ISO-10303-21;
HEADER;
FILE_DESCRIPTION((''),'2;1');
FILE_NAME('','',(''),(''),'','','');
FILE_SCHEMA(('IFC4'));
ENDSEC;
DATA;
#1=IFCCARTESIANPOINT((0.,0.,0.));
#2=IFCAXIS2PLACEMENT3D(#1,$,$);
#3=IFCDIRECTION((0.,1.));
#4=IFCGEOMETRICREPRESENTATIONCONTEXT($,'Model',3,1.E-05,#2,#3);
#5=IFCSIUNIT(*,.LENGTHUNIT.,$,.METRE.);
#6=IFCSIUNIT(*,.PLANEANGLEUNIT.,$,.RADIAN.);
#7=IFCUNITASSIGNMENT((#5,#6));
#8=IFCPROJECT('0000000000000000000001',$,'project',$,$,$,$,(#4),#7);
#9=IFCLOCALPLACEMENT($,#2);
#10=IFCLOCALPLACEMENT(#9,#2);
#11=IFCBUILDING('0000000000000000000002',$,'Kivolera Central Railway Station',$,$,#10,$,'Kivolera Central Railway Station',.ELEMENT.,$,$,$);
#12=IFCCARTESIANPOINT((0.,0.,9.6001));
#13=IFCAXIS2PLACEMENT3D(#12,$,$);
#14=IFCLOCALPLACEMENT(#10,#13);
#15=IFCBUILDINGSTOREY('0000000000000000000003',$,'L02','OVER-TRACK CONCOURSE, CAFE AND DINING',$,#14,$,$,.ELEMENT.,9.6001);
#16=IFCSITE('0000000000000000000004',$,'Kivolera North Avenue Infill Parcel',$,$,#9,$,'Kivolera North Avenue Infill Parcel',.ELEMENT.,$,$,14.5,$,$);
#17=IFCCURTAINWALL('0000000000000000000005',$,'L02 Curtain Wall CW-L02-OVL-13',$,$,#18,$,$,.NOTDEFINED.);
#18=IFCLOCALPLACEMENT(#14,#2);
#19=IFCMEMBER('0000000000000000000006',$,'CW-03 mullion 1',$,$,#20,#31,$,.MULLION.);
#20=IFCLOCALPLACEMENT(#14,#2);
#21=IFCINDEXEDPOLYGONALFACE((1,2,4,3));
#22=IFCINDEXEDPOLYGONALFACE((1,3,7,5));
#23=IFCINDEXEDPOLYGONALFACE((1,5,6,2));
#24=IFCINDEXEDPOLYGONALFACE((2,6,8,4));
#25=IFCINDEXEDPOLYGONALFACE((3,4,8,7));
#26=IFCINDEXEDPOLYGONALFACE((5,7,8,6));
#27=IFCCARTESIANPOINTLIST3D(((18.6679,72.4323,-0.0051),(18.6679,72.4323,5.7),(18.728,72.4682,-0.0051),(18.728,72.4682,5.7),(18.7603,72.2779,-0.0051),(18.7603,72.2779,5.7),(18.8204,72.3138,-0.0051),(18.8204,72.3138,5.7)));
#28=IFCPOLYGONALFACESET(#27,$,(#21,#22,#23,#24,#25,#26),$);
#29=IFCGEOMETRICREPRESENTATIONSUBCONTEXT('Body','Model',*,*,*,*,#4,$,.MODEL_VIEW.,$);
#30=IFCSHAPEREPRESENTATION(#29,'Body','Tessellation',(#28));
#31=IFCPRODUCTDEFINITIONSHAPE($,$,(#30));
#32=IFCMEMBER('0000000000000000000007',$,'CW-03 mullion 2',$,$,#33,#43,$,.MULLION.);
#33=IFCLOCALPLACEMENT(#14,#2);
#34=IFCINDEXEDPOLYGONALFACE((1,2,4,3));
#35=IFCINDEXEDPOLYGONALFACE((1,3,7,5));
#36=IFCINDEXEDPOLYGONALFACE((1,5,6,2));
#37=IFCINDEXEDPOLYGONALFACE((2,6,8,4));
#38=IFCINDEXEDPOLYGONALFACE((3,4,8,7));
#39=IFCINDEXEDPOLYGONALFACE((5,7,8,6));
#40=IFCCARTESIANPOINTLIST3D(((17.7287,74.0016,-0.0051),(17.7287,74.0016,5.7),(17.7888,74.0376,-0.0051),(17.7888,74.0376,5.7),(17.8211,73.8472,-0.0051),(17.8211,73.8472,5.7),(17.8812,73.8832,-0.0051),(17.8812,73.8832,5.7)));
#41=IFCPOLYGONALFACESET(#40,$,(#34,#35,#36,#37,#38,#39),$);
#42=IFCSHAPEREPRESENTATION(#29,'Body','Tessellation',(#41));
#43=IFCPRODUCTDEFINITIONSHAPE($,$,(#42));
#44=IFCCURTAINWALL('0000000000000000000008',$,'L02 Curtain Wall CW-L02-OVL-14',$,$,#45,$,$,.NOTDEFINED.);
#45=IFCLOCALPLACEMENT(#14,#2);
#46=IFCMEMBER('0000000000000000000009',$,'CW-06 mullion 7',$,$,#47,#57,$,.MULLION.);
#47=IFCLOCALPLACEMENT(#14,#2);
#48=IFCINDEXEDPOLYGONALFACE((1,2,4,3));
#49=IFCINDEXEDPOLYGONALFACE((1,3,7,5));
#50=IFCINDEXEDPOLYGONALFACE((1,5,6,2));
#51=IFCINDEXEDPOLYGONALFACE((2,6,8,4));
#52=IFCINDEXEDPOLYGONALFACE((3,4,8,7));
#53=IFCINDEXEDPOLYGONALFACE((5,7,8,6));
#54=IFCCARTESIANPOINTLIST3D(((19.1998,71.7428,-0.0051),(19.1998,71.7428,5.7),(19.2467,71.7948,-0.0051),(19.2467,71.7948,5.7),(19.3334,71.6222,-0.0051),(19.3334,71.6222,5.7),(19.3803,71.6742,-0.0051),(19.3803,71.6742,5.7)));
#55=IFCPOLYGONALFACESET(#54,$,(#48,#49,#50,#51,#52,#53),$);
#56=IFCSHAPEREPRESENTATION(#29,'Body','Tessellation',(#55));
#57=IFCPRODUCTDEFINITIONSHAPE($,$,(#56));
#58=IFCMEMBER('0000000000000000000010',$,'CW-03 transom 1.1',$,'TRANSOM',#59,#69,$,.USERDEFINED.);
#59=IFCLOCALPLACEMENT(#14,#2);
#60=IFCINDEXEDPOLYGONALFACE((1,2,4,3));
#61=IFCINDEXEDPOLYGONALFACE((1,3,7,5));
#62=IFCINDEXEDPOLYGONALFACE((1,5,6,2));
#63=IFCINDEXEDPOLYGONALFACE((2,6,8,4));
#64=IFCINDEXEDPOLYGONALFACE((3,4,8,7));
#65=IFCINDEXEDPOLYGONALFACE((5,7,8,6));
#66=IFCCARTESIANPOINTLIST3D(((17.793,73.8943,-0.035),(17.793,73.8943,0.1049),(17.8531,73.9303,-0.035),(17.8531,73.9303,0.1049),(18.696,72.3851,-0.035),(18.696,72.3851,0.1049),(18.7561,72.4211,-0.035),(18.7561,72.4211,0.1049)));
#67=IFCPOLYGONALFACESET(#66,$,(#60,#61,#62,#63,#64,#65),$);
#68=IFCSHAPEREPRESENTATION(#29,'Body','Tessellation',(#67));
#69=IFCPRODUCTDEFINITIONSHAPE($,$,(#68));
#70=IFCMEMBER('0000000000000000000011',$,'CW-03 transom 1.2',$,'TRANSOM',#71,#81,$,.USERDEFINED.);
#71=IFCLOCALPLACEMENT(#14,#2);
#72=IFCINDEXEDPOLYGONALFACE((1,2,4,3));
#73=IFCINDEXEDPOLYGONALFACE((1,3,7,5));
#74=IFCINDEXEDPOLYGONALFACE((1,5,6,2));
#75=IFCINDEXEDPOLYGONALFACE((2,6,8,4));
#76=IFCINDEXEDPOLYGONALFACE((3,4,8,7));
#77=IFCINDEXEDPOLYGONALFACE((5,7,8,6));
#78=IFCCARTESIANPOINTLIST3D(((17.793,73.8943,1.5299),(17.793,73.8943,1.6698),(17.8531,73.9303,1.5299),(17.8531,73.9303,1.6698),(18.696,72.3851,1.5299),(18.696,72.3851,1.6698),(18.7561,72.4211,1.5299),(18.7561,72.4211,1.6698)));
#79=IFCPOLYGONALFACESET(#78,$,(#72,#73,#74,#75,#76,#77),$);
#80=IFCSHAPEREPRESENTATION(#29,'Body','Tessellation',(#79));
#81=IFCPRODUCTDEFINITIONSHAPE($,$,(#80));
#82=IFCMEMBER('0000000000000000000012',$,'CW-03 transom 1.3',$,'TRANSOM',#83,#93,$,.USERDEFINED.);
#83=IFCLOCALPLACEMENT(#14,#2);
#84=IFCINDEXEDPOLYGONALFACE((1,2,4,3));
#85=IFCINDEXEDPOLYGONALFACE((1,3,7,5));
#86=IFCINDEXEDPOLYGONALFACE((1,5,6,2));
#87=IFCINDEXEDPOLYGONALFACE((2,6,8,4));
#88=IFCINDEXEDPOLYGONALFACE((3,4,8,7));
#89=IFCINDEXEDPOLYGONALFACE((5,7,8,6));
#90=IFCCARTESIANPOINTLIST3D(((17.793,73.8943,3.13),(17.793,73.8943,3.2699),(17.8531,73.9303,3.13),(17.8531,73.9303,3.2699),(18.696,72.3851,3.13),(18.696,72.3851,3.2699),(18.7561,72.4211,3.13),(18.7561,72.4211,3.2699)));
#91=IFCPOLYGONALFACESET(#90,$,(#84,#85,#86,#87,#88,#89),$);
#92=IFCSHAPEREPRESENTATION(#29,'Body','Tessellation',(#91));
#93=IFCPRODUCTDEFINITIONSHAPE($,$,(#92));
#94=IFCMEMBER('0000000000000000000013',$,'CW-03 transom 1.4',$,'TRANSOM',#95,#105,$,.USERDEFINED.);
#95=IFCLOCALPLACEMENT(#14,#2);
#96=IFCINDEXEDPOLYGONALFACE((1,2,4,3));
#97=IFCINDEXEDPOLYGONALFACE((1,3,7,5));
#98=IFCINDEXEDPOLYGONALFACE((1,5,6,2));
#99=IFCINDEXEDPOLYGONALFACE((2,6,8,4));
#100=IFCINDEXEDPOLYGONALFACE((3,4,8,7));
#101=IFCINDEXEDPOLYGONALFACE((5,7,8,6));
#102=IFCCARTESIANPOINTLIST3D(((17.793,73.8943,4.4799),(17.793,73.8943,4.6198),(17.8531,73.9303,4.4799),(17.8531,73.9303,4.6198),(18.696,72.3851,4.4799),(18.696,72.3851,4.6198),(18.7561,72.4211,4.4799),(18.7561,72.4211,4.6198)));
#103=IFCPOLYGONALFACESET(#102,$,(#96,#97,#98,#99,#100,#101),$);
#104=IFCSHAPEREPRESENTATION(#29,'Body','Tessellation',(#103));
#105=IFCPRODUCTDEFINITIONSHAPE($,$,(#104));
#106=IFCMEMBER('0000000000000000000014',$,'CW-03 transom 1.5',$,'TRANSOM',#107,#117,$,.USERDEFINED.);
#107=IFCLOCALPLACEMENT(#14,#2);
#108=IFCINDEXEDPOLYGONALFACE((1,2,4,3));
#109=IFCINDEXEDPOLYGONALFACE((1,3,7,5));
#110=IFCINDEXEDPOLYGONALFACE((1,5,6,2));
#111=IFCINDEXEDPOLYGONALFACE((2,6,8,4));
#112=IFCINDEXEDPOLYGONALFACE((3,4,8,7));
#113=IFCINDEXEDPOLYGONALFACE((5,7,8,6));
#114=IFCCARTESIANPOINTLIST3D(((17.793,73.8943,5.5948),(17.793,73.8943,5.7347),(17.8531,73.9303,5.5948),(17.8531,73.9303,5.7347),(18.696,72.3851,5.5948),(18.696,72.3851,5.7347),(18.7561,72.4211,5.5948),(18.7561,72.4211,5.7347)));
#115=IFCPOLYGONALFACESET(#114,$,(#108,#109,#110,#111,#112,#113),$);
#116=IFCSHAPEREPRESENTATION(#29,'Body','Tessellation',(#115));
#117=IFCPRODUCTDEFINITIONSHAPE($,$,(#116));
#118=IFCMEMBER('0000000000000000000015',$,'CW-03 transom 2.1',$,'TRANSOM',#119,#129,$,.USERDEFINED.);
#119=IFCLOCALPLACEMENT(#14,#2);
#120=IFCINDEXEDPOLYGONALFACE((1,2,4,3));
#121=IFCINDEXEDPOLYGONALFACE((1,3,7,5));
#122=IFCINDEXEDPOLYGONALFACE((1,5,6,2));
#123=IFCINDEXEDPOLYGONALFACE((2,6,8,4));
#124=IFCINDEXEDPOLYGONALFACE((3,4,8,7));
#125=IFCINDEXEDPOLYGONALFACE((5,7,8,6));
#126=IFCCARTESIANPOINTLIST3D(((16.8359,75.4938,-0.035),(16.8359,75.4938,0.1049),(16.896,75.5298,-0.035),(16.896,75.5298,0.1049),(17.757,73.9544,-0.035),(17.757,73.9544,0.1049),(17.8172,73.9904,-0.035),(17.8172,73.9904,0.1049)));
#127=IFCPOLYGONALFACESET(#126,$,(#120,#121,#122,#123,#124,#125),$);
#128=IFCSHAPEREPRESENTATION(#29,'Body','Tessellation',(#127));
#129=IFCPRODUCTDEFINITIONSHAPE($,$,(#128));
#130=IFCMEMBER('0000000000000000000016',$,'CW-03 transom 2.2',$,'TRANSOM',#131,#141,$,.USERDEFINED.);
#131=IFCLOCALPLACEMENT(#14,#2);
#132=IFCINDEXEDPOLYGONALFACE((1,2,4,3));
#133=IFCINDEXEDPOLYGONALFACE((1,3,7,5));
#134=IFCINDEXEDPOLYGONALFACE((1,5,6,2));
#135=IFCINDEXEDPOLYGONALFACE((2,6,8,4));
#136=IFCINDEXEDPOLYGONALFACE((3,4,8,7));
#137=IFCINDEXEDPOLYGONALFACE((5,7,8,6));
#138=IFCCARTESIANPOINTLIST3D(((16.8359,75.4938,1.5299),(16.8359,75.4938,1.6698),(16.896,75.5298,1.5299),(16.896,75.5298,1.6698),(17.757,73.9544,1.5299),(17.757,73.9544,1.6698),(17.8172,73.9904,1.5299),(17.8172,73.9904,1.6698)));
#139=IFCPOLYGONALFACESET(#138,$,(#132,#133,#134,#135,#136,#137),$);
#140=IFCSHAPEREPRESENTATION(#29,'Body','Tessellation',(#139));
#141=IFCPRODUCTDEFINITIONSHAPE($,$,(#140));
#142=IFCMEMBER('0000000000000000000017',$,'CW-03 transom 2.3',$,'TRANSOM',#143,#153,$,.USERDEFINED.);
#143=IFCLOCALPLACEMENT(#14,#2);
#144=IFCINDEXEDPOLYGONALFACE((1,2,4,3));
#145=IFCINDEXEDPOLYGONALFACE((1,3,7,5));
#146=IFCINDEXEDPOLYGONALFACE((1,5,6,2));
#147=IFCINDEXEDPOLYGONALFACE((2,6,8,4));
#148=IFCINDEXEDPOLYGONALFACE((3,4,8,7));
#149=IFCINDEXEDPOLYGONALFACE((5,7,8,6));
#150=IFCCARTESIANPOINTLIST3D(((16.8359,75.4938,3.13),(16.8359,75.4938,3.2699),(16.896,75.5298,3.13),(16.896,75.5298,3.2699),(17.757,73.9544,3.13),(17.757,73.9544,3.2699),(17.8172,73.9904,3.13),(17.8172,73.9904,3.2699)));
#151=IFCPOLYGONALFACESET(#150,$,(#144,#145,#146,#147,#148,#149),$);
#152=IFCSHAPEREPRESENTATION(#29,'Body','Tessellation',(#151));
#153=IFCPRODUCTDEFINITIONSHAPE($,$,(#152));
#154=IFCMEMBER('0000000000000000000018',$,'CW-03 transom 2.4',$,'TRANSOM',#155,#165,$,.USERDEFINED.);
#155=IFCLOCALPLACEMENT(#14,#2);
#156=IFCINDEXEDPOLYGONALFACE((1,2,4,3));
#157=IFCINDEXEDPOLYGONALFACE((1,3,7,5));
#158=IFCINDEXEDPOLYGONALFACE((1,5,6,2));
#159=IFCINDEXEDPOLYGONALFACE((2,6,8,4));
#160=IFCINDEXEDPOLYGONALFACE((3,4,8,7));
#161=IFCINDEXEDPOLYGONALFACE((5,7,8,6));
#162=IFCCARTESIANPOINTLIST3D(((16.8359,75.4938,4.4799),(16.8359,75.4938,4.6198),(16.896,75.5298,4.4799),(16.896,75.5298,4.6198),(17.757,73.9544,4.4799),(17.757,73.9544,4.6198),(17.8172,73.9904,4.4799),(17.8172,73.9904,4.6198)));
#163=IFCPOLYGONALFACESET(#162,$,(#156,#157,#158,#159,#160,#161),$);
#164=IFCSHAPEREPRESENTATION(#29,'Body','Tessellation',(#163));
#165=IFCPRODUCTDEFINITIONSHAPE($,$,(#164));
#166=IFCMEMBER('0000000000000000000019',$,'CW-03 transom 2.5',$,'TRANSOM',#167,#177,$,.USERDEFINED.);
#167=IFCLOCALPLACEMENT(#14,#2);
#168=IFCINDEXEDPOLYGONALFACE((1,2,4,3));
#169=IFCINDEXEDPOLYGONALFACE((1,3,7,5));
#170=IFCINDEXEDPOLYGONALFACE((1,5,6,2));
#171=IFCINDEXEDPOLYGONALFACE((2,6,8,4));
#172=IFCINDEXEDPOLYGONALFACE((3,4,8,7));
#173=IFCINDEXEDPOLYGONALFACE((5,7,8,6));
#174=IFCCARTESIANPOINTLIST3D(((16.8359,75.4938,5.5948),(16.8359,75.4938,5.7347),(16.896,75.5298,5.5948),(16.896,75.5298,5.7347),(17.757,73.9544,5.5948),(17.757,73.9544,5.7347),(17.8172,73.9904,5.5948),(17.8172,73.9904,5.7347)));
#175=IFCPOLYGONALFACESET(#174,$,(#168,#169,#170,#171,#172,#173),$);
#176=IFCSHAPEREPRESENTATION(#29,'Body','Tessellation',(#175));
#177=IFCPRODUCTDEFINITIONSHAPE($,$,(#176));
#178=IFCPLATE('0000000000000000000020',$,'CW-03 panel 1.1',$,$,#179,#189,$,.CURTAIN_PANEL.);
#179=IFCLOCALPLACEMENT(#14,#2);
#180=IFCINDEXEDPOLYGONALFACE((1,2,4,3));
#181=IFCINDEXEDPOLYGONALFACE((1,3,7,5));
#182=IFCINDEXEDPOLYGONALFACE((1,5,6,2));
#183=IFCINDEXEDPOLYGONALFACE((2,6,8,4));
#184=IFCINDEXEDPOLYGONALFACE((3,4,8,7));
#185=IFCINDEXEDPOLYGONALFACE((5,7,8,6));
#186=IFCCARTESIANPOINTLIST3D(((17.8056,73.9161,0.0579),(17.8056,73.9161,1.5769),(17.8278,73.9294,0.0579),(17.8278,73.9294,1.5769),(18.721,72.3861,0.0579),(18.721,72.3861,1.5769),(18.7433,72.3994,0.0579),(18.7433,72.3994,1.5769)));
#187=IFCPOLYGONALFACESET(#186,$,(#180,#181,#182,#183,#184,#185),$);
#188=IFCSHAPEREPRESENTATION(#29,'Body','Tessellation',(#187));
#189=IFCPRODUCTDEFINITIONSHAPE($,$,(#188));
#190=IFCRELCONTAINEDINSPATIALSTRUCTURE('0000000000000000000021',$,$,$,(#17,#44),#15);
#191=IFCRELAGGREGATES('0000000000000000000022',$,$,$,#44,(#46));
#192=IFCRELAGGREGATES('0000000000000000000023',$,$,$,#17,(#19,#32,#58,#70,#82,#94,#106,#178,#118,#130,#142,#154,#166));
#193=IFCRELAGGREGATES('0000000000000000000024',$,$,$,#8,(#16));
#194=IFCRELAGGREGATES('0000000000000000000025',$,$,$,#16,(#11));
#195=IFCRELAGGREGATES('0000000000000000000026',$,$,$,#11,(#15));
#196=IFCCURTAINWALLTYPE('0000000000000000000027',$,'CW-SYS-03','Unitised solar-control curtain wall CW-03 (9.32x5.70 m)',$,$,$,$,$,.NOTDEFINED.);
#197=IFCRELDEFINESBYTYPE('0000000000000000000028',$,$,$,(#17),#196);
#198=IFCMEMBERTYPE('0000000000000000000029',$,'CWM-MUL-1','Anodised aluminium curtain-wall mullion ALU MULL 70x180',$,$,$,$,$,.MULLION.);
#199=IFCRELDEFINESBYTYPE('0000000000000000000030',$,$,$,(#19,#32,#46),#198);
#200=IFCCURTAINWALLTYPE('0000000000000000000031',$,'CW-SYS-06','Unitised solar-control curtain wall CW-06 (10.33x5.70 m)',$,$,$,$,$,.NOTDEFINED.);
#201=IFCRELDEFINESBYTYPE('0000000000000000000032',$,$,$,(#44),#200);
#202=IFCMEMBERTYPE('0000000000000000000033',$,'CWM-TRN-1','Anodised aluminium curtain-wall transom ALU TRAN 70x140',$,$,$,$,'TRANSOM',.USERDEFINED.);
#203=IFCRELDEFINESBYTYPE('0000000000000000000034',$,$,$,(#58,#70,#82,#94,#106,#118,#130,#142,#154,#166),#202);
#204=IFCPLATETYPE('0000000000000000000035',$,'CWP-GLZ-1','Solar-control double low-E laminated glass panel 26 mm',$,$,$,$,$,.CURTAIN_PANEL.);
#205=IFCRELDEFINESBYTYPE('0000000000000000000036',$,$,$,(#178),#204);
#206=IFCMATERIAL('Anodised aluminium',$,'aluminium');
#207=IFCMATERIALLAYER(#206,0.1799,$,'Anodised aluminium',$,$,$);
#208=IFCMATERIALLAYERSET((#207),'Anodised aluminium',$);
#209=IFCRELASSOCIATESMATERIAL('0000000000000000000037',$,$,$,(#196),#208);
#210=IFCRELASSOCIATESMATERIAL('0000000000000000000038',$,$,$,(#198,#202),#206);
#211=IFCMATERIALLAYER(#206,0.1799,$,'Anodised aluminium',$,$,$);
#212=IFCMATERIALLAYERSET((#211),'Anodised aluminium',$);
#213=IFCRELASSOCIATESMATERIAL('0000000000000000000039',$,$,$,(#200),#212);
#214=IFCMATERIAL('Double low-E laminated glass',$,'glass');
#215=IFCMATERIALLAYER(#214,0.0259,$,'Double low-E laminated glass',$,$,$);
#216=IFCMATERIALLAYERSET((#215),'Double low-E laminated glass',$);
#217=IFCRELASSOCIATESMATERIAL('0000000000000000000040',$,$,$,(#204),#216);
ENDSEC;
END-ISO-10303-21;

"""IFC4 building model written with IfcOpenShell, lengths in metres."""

from ifc_helpers import new_model, si_unit, direction, frame, origin, origin_2d, place, context, subcontext, project, spatial, rectangle, extrude, material, layer, layer_set, material_profile, profile_set, type_object, element, aggregate, save


model = new_model("IFC4")

# Units and contexts
model_context = context("Model", 3, precision=1e-05, world=origin(), true_north=direction((0.0, 1.0)))
body_context = subcontext(model_context, "Body", "Model", "MODEL_VIEW")
ifc_project = project(units=[si_unit("LENGTHUNIT", "METRE"), si_unit("PLANEANGLEUNIT", "RADIAN")], contexts=[model_context])

# Site, building, storey
site_placement = place(None, origin())
site = spatial("IfcSite", under=ifc_project, at=site_placement, Name="Kivolera North Avenue Infill Parcel", LongName="Kivolera North Avenue Infill Parcel", CompositionType="ELEMENT", RefElevation=14.5)
building_placement = place(site_placement, origin())
building = spatial("IfcBuilding", under=site, at=building_placement, Name="Kivolera Central Railway Station", LongName="Kivolera Central Railway Station", CompositionType="ELEMENT")
storey_placement = place(building_placement, frame((0.0, 0.0, 9.6001)))
storey = spatial("IfcBuildingStorey", under=building, at=storey_placement, Name="L02", Description="OVER-TRACK CONCOURSE, CAFE AND DINING", CompositionType="ELEMENT", Elevation=9.6001)

# Curtain wall, members
ifc_material_1 = material(Name="Anodised aluminium", Category="aluminium")
ifc_layer_1 = layer(ifc_material_1, 0.1799, Name="Anodised aluminium")
ifc_layer_set_1 = layer_set([ifc_layer_1], Name="Anodised aluminium")
curtain_wall_type_1 = type_object("IfcCurtainWallType", Name="CW-SYS-03", Description="Unitised solar-control curtain wall CW-03 (9.32x5.70 m)", PredefinedType="NOTDEFINED", material=ifc_layer_set_1)
curtain_wall_1_placement = place(storey_placement, origin())
curtain_wall_1 = element("IfcCurtainWall", 1, at=curtain_wall_1_placement, inside=storey, type_object=curtain_wall_type_1, Name="L02 Curtain Wall CW-L02-OVL-13", PredefinedType="NOTDEFINED")
ifc_material_profile_1 = material_profile(ifc_material_1, rectangle(XDim=0.0701, YDim=0.1799, at=origin_2d()), Name="ALU MULL 70x180")
ifc_profile_set_1 = profile_set([ifc_material_profile_1], Name="Anodised aluminium")
member_type_1 = type_object("IfcMemberType", Name="CWM-MUL-1", Description="Anodised aluminium curtain-wall mullion ALU MULL 70x180", PredefinedType="MULLION", material=ifc_profile_set_1)
member_1_placement = place(storey_placement, frame((18.7441, 72.373, -0.0051), z_axis=(0.0, 0.0, 1.0), x_axis=(-0.858117, -0.513454, 0.0)))
member_1 = element("IfcMember", 2, at=member_1_placement, type_object=member_type_1, Name="CW-03 mullion 1", PredefinedType="MULLION", context=body_context, shape_type="SweptSolid", body=[
    extrude(rectangle(XDim=0.0701, YDim=0.1799, at=origin_2d()), origin(), (0.0, 0.0, 1.0), 5.7051),
])
member_2_placement = place(storey_placement, frame((17.8049, 73.9424, -0.0051), z_axis=(0.0, 0.0, 1.0), x_axis=(-0.858117, -0.513454, 0.0)))
member_2 = element("IfcMember", 3, at=member_2_placement, type_object=member_type_1, Name="CW-03 mullion 2", PredefinedType="MULLION", context=body_context, shape_type="SweptSolid", body=[
    extrude(rectangle(XDim=0.0701, YDim=0.1799, at=origin_2d()), origin(), (0.0, 0.0, 1.0), 5.7051),
])

# Curtain wall, member
ifc_layer_2 = layer(ifc_material_1, 0.1799, Name="Anodised aluminium")
ifc_layer_set_2 = layer_set([ifc_layer_2], Name="Anodised aluminium")
curtain_wall_type_2 = type_object("IfcCurtainWallType", Name="CW-SYS-06", Description="Unitised solar-control curtain wall CW-06 (10.33x5.70 m)", PredefinedType="NOTDEFINED", material=ifc_layer_set_2)
curtain_wall_2_placement = place(storey_placement, origin())
curtain_wall_2 = element("IfcCurtainWall", 4, at=curtain_wall_2_placement, inside=storey, type_object=curtain_wall_type_2, Name="L02 Curtain Wall CW-L02-OVL-14", PredefinedType="NOTDEFINED")
member_3_placement = place(storey_placement, frame((19.29, 71.7085, -0.0051), z_axis=(0.0, 0.0, 1.0), x_axis=(-0.669922, -0.742432, 0.0)))
member_3 = element("IfcMember", 5, at=member_3_placement, type_object=member_type_1, Name="CW-06 mullion 7", PredefinedType="MULLION", context=body_context, shape_type="SweptSolid", body=[
    extrude(rectangle(XDim=0.0701, YDim=0.1799, at=origin_2d()), origin(), (0.0, 0.0, 1.0), 5.7051),
])
aggregate(curtain_wall_2, [member_3])

# Members
ifc_material_profile_2 = material_profile(ifc_material_1, rectangle(XDim=0.0701, YDim=0.1399, at=origin_2d()), Name="ALU TRAN 70x140")
ifc_profile_set_2 = profile_set([ifc_material_profile_2], Name="Anodised aluminium")
member_type_2 = type_object("IfcMemberType", Name="CWM-TRN-1", Description="Anodised aluminium curtain-wall transom ALU TRAN 70x140", ElementType="TRANSOM", PredefinedType="USERDEFINED", material=ifc_profile_set_2)
member_4_placement = place(storey_placement, frame((18.7261, 72.4031, 0.0349), z_axis=(-0.513454, 0.858117, 0.0), x_axis=(-0.858117, -0.513454, 0.0)))
member_4 = element("IfcMember", 6, at=member_4_placement, type_object=member_type_2, Name="CW-03 transom 1.1", ObjectType="TRANSOM", PredefinedType="USERDEFINED", context=body_context, shape_type="SweptSolid", body=[
    extrude(rectangle(XDim=0.0701, YDim=0.1399, at=origin_2d()), origin(), (0.0, 0.0, 1.0), 1.7588),
])
member_5_placement = place(storey_placement, frame((18.7261, 72.4031, 1.5999), z_axis=(-0.513454, 0.858117, 0.0), x_axis=(-0.858117, -0.513454, 0.0)))
member_5 = element("IfcMember", 7, at=member_5_placement, type_object=member_type_2, Name="CW-03 transom 1.2", ObjectType="TRANSOM", PredefinedType="USERDEFINED", context=body_context, shape_type="SweptSolid", body=[
    extrude(rectangle(XDim=0.0701, YDim=0.1399, at=origin_2d()), origin(), (0.0, 0.0, 1.0), 1.7588),
])
member_6_placement = place(storey_placement, frame((18.7261, 72.4031, 3.2), z_axis=(-0.513454, 0.858117, 0.0), x_axis=(-0.858117, -0.513454, 0.0)))
member_6 = element("IfcMember", 8, at=member_6_placement, type_object=member_type_2, Name="CW-03 transom 1.3", ObjectType="TRANSOM", PredefinedType="USERDEFINED", context=body_context, shape_type="SweptSolid", body=[
    extrude(rectangle(XDim=0.0701, YDim=0.1399, at=origin_2d()), origin(), (0.0, 0.0, 1.0), 1.7588),
])
member_7_placement = place(storey_placement, frame((18.7261, 72.4031, 4.5498), z_axis=(-0.513454, 0.858117, 0.0), x_axis=(-0.858117, -0.513454, 0.0)))
member_7 = element("IfcMember", 9, at=member_7_placement, type_object=member_type_2, Name="CW-03 transom 1.4", ObjectType="TRANSOM", PredefinedType="USERDEFINED", context=body_context, shape_type="SweptSolid", body=[
    extrude(rectangle(XDim=0.0701, YDim=0.1399, at=origin_2d()), origin(), (0.0, 0.0, 1.0), 1.7588),
])
member_8_placement = place(storey_placement, frame((18.7261, 72.4031, 5.6648), z_axis=(-0.513454, 0.858117, 0.0), x_axis=(-0.858117, -0.513454, 0.0)))
member_8 = element("IfcMember", 10, at=member_8_placement, type_object=member_type_2, Name="CW-03 transom 1.5", ObjectType="TRANSOM", PredefinedType="USERDEFINED", context=body_context, shape_type="SweptSolid", body=[
    extrude(rectangle(XDim=0.0701, YDim=0.1399, at=origin_2d()), origin(), (0.0, 0.0, 1.0), 1.7588),
])
member_9_placement = place(storey_placement, frame((17.7871, 73.9724, 0.0349), z_axis=(-0.513495, 0.858093, 0.0), x_axis=(-0.858093, -0.513495, 0.0)))
member_9 = element("IfcMember", 11, at=member_9_placement, type_object=member_type_2, Name="CW-03 transom 2.1", ObjectType="TRANSOM", PredefinedType="USERDEFINED", context=body_context, shape_type="SweptSolid", body=[
    extrude(rectangle(XDim=0.0701, YDim=0.1399, at=origin_2d()), origin(), (0.0, 0.0, 1.0), 1.7939),
])
member_10_placement = place(storey_placement, frame((17.7871, 73.9724, 1.5999), z_axis=(-0.513495, 0.858093, 0.0), x_axis=(-0.858093, -0.513495, 0.0)))
member_10 = element("IfcMember", 12, at=member_10_placement, type_object=member_type_2, Name="CW-03 transom 2.2", ObjectType="TRANSOM", PredefinedType="USERDEFINED", context=body_context, shape_type="SweptSolid", body=[
    extrude(rectangle(XDim=0.0701, YDim=0.1399, at=origin_2d()), origin(), (0.0, 0.0, 1.0), 1.7939),
])
member_11_placement = place(storey_placement, frame((17.7871, 73.9724, 3.2), z_axis=(-0.513495, 0.858093, 0.0), x_axis=(-0.858093, -0.513495, 0.0)))
member_11 = element("IfcMember", 13, at=member_11_placement, type_object=member_type_2, Name="CW-03 transom 2.3", ObjectType="TRANSOM", PredefinedType="USERDEFINED", context=body_context, shape_type="SweptSolid", body=[
    extrude(rectangle(XDim=0.0701, YDim=0.1399, at=origin_2d()), origin(), (0.0, 0.0, 1.0), 1.7939),
])
member_12_placement = place(storey_placement, frame((17.7871, 73.9724, 4.5498), z_axis=(-0.513495, 0.858093, 0.0), x_axis=(-0.858093, -0.513495, 0.0)))
member_12 = element("IfcMember", 14, at=member_12_placement, type_object=member_type_2, Name="CW-03 transom 2.4", ObjectType="TRANSOM", PredefinedType="USERDEFINED", context=body_context, shape_type="SweptSolid", body=[
    extrude(rectangle(XDim=0.0701, YDim=0.1399, at=origin_2d()), origin(), (0.0, 0.0, 1.0), 1.7939),
])
member_13_placement = place(storey_placement, frame((17.7871, 73.9724, 5.6648), z_axis=(-0.513495, 0.858093, 0.0), x_axis=(-0.858093, -0.513495, 0.0)))
member_13 = element("IfcMember", 15, at=member_13_placement, type_object=member_type_2, Name="CW-03 transom 2.5", ObjectType="TRANSOM", PredefinedType="USERDEFINED", context=body_context, shape_type="SweptSolid", body=[
    extrude(rectangle(XDim=0.0701, YDim=0.1399, at=origin_2d()), origin(), (0.0, 0.0, 1.0), 1.7939),
])

# Plate
ifc_material_2 = material(Name="Double low-E laminated glass", Category="glass")
ifc_layer_3 = layer(ifc_material_2, 0.0259, Name="Double low-E laminated glass")
ifc_layer_set_3 = layer_set([ifc_layer_3], Name="Double low-E laminated glass")
plate_type = type_object("IfcPlateType", Name="CWP-GLZ-1", Description="Solar-control double low-E laminated glass panel 26 mm", PredefinedType="CURTAIN_PANEL", material=ifc_layer_set_3)
plate_1_placement = place(storey_placement, frame((18.2744, 73.1577, 0.0579), z_axis=(0.0, 0.0, 1.0), x_axis=(-0.513454, 0.858117, 0.0)))
plate_1 = element("IfcPlate", 16, at=plate_1_placement, type_object=plate_type, Name="CW-03 panel 1.1", PredefinedType="CURTAIN_PANEL", context=body_context, shape_type="SweptSolid", body=[
    extrude(rectangle(XDim=1.783, YDim=0.0259, at=origin_2d()), origin(), (0.0, 0.0, 1.0), 1.519),
])
aggregate(curtain_wall_1, [member_1, member_2, member_4, member_5, member_6, member_7, member_8, plate_1, member_9, member_10, member_11, member_12, member_13])

save(model, "model.ifc")
